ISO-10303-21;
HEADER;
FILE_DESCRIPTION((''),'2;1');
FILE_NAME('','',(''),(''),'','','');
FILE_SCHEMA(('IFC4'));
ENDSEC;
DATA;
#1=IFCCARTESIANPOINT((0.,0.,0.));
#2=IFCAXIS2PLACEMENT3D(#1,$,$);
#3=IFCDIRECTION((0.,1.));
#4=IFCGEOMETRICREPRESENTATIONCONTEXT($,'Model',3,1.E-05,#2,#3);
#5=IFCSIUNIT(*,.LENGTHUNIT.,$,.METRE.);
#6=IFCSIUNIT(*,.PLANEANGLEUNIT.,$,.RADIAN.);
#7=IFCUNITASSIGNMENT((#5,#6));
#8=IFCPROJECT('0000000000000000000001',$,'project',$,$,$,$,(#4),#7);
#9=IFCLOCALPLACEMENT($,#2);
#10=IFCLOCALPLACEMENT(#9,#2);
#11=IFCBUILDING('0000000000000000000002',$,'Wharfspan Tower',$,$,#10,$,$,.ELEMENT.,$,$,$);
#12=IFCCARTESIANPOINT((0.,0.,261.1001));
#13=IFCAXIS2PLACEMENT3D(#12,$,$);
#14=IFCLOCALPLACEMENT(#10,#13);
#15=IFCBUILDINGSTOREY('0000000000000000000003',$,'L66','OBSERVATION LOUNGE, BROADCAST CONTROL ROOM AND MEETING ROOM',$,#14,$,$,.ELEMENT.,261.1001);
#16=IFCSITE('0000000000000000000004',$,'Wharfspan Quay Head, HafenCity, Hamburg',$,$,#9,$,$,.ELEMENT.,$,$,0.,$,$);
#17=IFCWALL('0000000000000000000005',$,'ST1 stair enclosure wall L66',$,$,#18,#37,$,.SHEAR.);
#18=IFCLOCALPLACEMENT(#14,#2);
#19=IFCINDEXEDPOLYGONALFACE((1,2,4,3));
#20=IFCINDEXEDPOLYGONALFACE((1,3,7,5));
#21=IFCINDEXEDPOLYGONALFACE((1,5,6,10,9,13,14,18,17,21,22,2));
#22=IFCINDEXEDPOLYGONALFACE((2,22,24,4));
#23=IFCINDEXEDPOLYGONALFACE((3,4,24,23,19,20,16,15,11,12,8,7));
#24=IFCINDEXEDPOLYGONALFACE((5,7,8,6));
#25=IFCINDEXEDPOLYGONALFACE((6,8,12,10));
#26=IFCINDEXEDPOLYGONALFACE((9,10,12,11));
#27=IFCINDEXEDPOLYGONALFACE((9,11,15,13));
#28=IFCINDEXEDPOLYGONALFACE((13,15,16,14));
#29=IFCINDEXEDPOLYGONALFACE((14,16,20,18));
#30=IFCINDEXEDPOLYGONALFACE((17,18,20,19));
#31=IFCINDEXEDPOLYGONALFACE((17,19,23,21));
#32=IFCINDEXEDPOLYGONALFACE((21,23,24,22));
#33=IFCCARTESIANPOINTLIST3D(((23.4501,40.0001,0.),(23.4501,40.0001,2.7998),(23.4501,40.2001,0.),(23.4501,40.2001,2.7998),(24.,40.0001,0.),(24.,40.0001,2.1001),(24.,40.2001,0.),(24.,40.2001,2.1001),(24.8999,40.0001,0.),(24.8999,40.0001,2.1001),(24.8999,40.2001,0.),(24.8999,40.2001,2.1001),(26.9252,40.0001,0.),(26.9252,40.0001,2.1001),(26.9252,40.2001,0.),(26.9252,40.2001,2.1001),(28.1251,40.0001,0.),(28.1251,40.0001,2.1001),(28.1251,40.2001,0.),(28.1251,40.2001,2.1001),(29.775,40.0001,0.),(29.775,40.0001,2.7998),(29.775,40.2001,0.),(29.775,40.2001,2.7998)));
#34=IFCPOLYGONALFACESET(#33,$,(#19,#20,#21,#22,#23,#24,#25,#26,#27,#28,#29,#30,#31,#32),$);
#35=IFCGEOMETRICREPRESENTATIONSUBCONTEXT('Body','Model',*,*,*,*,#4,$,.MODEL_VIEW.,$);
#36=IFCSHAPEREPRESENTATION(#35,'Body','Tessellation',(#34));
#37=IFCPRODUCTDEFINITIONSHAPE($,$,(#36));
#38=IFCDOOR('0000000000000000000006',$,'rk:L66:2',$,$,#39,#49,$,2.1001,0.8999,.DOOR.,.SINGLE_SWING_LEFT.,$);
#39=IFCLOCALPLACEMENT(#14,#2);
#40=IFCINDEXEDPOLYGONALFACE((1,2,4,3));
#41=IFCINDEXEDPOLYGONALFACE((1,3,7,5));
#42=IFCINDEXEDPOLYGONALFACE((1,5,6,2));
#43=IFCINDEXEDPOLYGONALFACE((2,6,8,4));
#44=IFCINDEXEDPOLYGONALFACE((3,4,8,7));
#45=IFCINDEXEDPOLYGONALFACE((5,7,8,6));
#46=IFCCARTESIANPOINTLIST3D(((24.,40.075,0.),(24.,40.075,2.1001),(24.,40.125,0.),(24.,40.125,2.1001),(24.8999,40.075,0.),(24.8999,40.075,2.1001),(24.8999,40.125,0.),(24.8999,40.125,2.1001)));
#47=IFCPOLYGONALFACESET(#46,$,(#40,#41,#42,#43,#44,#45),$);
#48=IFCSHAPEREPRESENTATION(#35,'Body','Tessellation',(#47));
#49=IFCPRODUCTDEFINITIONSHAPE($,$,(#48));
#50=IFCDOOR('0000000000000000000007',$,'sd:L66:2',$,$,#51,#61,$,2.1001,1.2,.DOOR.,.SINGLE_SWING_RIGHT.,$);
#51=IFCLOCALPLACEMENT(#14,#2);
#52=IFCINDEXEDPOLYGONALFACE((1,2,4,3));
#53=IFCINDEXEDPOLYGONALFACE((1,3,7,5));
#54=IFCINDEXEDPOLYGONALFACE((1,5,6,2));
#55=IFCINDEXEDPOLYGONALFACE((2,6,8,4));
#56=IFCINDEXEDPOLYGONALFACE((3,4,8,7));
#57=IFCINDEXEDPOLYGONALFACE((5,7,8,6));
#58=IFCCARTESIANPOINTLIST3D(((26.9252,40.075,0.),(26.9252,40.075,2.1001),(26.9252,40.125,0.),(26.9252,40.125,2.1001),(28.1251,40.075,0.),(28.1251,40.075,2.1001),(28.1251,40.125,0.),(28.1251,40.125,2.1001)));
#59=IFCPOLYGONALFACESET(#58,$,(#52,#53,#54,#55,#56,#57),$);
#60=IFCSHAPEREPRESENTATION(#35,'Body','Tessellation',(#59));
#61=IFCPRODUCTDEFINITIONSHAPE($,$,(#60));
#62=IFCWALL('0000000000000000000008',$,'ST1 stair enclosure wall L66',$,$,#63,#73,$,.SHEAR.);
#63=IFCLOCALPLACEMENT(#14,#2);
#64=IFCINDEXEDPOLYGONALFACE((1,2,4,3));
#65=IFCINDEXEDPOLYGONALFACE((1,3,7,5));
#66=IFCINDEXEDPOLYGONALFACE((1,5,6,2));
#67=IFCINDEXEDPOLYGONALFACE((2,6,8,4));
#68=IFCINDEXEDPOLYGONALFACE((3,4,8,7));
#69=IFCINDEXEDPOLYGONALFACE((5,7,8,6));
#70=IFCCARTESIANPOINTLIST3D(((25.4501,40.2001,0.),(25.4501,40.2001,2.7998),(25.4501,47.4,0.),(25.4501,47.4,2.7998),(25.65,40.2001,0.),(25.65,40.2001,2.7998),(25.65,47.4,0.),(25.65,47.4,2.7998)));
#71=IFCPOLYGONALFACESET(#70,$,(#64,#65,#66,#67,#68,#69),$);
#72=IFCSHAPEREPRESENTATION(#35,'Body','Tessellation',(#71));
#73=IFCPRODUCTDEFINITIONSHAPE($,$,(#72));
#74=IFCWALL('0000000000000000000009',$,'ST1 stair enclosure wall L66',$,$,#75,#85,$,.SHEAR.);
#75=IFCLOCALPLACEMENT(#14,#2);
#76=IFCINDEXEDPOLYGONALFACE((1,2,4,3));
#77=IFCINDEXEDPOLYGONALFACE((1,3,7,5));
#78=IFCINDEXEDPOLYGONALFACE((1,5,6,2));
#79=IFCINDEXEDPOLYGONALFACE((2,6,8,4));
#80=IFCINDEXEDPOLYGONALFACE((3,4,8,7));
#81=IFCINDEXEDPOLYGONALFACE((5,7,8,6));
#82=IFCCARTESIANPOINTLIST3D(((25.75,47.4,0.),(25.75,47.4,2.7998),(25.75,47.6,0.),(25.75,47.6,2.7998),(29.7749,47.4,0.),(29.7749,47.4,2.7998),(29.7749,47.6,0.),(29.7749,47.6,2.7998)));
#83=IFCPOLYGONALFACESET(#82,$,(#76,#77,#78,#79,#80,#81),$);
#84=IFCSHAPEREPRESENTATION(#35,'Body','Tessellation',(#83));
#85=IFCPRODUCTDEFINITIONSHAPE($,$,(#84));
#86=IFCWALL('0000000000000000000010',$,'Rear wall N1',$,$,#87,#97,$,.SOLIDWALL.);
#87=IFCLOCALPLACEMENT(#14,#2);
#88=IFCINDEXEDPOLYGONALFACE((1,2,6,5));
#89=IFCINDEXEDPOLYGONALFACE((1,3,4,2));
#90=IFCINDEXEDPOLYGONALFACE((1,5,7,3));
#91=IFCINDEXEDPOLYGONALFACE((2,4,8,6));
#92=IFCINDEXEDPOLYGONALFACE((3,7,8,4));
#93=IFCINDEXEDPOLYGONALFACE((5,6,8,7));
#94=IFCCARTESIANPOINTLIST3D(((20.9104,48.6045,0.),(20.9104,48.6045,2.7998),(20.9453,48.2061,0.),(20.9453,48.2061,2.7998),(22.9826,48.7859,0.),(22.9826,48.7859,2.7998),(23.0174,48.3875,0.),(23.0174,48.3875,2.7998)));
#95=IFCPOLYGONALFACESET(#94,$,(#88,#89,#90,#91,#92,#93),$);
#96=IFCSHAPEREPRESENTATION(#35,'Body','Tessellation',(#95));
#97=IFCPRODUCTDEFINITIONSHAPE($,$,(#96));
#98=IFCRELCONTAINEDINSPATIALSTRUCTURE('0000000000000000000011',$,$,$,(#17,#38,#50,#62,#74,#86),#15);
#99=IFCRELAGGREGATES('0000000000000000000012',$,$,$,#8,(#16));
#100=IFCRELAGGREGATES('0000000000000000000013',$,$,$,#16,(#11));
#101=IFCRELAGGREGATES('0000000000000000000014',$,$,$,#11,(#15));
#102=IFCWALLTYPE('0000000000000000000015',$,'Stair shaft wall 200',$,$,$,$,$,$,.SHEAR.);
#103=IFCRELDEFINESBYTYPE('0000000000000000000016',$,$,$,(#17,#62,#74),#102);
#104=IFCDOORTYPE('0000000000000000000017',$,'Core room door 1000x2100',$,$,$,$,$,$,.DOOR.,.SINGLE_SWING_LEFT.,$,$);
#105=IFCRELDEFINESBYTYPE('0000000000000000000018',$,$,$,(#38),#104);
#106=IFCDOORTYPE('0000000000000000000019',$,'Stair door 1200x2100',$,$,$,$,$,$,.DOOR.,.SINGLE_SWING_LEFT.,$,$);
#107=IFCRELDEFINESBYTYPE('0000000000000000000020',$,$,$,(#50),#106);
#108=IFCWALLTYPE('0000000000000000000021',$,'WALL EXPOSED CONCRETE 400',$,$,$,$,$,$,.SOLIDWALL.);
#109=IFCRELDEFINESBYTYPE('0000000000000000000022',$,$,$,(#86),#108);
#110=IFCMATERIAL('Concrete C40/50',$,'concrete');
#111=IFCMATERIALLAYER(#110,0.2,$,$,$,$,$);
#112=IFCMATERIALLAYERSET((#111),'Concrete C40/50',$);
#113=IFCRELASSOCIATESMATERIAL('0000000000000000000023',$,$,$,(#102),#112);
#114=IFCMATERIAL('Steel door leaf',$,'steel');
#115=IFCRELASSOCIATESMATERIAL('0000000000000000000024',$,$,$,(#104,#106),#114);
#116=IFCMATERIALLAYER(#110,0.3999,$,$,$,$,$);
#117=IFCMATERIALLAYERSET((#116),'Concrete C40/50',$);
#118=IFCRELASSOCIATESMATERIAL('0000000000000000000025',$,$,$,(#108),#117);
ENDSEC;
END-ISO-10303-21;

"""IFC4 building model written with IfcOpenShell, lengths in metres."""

from ifc_helpers import new_model, si_unit, direction, frame, frame_2d, origin, place, context, subcontext, project, spatial, rectangle, extrude, material, layer, layer_set, type_object, element, fill, save


model = new_model("IFC4")

# Units and contexts
model_context = context("Model", 3, precision=1e-05, world=origin(), true_north=direction((0.0, 1.0)))
body_context = subcontext(model_context, "Body", "Model", "MODEL_VIEW")
ifc_project = project(units=[si_unit("LENGTHUNIT", "METRE"), si_unit("PLANEANGLEUNIT", "RADIAN")], contexts=[model_context])

# Site, building, storey
site_placement = place(None, origin())
site = spatial("IfcSite", under=ifc_project, at=site_placement, Name="Wharfspan Quay Head, HafenCity, Hamburg", CompositionType="ELEMENT", RefElevation=0.0)
building_placement = place(site_placement, origin())
building = spatial("IfcBuilding", under=site, at=building_placement, Name="Wharfspan Tower", CompositionType="ELEMENT")
storey_placement = place(building_placement, frame((0.0, 0.0, 261.1001)))
storey = spatial("IfcBuildingStorey", under=building, at=storey_placement, Name="L66", Description="OBSERVATION LOUNGE, BROADCAST CONTROL ROOM AND MEETING ROOM", CompositionType="ELEMENT", Elevation=261.1001)

# Wall, openings, doors
ifc_material_1 = material(Name="Concrete C40/50", Category="concrete")
ifc_layer_1 = layer(ifc_material_1, 0.2)
ifc_layer_set_1 = layer_set([ifc_layer_1], Name="Concrete C40/50")
wall_type_1 = type_object("IfcWallType", Name="Stair shaft wall 200", PredefinedType="SHEAR", material=ifc_layer_set_1)
wall_1_placement = place(storey_placement, frame((23.45, 40.1001, 0.0), z_axis=(0.0, 0.0, 1.0), x_axis=(1.0, 0.0, 0.0)))
wall_1 = element("IfcWall", 1, at=wall_1_placement, inside=storey, type_object=wall_type_1, Name="ST1 stair enclosure wall L66", PredefinedType="SHEAR", context=body_context, shape_type="SweptSolid", body=[
    extrude(rectangle(XDim=6.325, YDim=0.2, at=frame_2d((3.1626, 0.0))), origin(), (0.0, 0.0, 1.0), 2.7998),
])
opening_1_placement = place(wall_1_placement, frame((3.4751, 0.0, 0.0)))
opening_1 = element("IfcOpeningElement", 2, at=opening_1_placement, cuts=wall_1, PredefinedType="OPENING", context=body_context, shape_type="SweptSolid", body=[
    extrude(rectangle(XDim=1.2, YDim=2.1001, at=frame_2d((0.6001, 1.05))), frame((0.0, 0.1099, 0.0), z_axis=(0.0, -1.0, 0.0), x_axis=(1.0, 0.0, 0.0)), (0.0, 0.0, 1.0), 0.22),
])
opening_2_placement = place(wall_1_placement, frame((0.55, 0.0, 0.0)))
opening_2 = element("IfcOpeningElement", 3, at=opening_2_placement, cuts=wall_1, PredefinedType="OPENING", context=body_context, shape_type="SweptSolid", body=[
    extrude(rectangle(XDim=0.8999, YDim=2.1001, at=frame_2d((0.45, 1.05))), frame((0.0, 0.1099, 0.0), z_axis=(0.0, -1.0, 0.0), x_axis=(1.0, 0.0, 0.0)), (0.0, 0.0, 1.0), 0.22),
])
ifc_material_2 = material(Name="Steel door leaf", Category="steel")
door_type_1 = type_object("IfcDoorType", Name="Core room door 1000x2100", OperationType="SINGLE_SWING_LEFT", PredefinedType="DOOR", material=ifc_material_2)
door_1_placement = place(opening_2_placement, origin())
door_1 = element("IfcDoor", 4, at=door_1_placement, inside=storey, type_object=door_type_1, Name="rk:L66:2", OperationType="SINGLE_SWING_LEFT", OverallHeight=2.1001, OverallWidth=0.8999, PredefinedType="DOOR", context=body_context, shape_type="SweptSolid", body=[
    extrude(rectangle(XDim=0.8999, YDim=2.1001, at=frame_2d((0.45, 1.05))), frame((0.0, 0.0249, 0.0), z_axis=(0.0, -1.0, 0.0), x_axis=(1.0, 0.0, 0.0)), (0.0, 0.0, 1.0), 0.05),
])
fill(opening_2, door_1)
door_type_2 = type_object("IfcDoorType", Name="Stair door 1200x2100", OperationType="SINGLE_SWING_LEFT", PredefinedType="DOOR", material=ifc_material_2)
door_2_placement = place(opening_1_placement, origin())
door_2 = element("IfcDoor", 5, at=door_2_placement, inside=storey, type_object=door_type_2, Name="sd:L66:2", OperationType="SINGLE_SWING_RIGHT", OverallHeight=2.1001, OverallWidth=1.2, PredefinedType="DOOR", context=body_context, shape_type="SweptSolid", body=[
    extrude(rectangle(XDim=1.2, YDim=2.1001, at=frame_2d((0.6001, 1.05))), frame((0.0, 0.0249, 0.0), z_axis=(0.0, -1.0, 0.0), x_axis=(1.0, 0.0, 0.0)), (0.0, 0.0, 1.0), 0.05),
])
fill(opening_1, door_2)

# Walls
wall_2_placement = place(storey_placement, frame((25.55, 40.2, 0.0), z_axis=(0.0, 0.0, 1.0), x_axis=(0.0, 1.0, 0.0)))
element("IfcWall", 6, at=wall_2_placement, inside=storey, type_object=wall_type_1, Name="ST1 stair enclosure wall L66", PredefinedType="SHEAR", context=body_context, shape_type="SweptSolid", body=[
    extrude(rectangle(XDim=7.2, YDim=0.2, at=frame_2d((3.6001, 0.0))), origin(), (0.0, 0.0, 1.0), 2.7998),
])
wall_3_placement = place(storey_placement, frame((25.75, 47.5, 0.0), z_axis=(0.0, 0.0, 1.0), x_axis=(1.0, 0.0, 0.0)))
element("IfcWall", 7, at=wall_3_placement, inside=storey, type_object=wall_type_1, Name="ST1 stair enclosure wall L66", PredefinedType="SHEAR", context=body_context, shape_type="SweptSolid", body=[
    extrude(rectangle(XDim=4.0249, YDim=0.2, at=frame_2d((2.0125, 0.0))), origin(), (0.0, 0.0, 1.0), 2.7998),
])
ifc_layer_2 = layer(ifc_material_1, 0.3999)
ifc_layer_set_2 = layer_set([ifc_layer_2], Name="Concrete C40/50")
wall_type_2 = type_object("IfcWallType", Name="WALL EXPOSED CONCRETE 400", PredefinedType="SOLIDWALL", material=ifc_layer_set_2)
wall_4_placement = place(storey_placement, frame((23.0, 48.5867, 0.0), z_axis=(0.0, 0.0, 1.0), x_axis=(-0.996192, -0.087202, 0.0)))
element("IfcWall", 8, at=wall_4_placement, inside=storey, type_object=wall_type_2, Name="Rear wall N1", PredefinedType="SOLIDWALL", context=body_context, shape_type="SweptSolid", body=[
    extrude(rectangle(XDim=2.0801, YDim=0.3999, at=frame_2d((1.04, 0.0))), origin(), (0.0, 0.0, 1.0), 2.7998),
])

save(model, "model.ifc")
